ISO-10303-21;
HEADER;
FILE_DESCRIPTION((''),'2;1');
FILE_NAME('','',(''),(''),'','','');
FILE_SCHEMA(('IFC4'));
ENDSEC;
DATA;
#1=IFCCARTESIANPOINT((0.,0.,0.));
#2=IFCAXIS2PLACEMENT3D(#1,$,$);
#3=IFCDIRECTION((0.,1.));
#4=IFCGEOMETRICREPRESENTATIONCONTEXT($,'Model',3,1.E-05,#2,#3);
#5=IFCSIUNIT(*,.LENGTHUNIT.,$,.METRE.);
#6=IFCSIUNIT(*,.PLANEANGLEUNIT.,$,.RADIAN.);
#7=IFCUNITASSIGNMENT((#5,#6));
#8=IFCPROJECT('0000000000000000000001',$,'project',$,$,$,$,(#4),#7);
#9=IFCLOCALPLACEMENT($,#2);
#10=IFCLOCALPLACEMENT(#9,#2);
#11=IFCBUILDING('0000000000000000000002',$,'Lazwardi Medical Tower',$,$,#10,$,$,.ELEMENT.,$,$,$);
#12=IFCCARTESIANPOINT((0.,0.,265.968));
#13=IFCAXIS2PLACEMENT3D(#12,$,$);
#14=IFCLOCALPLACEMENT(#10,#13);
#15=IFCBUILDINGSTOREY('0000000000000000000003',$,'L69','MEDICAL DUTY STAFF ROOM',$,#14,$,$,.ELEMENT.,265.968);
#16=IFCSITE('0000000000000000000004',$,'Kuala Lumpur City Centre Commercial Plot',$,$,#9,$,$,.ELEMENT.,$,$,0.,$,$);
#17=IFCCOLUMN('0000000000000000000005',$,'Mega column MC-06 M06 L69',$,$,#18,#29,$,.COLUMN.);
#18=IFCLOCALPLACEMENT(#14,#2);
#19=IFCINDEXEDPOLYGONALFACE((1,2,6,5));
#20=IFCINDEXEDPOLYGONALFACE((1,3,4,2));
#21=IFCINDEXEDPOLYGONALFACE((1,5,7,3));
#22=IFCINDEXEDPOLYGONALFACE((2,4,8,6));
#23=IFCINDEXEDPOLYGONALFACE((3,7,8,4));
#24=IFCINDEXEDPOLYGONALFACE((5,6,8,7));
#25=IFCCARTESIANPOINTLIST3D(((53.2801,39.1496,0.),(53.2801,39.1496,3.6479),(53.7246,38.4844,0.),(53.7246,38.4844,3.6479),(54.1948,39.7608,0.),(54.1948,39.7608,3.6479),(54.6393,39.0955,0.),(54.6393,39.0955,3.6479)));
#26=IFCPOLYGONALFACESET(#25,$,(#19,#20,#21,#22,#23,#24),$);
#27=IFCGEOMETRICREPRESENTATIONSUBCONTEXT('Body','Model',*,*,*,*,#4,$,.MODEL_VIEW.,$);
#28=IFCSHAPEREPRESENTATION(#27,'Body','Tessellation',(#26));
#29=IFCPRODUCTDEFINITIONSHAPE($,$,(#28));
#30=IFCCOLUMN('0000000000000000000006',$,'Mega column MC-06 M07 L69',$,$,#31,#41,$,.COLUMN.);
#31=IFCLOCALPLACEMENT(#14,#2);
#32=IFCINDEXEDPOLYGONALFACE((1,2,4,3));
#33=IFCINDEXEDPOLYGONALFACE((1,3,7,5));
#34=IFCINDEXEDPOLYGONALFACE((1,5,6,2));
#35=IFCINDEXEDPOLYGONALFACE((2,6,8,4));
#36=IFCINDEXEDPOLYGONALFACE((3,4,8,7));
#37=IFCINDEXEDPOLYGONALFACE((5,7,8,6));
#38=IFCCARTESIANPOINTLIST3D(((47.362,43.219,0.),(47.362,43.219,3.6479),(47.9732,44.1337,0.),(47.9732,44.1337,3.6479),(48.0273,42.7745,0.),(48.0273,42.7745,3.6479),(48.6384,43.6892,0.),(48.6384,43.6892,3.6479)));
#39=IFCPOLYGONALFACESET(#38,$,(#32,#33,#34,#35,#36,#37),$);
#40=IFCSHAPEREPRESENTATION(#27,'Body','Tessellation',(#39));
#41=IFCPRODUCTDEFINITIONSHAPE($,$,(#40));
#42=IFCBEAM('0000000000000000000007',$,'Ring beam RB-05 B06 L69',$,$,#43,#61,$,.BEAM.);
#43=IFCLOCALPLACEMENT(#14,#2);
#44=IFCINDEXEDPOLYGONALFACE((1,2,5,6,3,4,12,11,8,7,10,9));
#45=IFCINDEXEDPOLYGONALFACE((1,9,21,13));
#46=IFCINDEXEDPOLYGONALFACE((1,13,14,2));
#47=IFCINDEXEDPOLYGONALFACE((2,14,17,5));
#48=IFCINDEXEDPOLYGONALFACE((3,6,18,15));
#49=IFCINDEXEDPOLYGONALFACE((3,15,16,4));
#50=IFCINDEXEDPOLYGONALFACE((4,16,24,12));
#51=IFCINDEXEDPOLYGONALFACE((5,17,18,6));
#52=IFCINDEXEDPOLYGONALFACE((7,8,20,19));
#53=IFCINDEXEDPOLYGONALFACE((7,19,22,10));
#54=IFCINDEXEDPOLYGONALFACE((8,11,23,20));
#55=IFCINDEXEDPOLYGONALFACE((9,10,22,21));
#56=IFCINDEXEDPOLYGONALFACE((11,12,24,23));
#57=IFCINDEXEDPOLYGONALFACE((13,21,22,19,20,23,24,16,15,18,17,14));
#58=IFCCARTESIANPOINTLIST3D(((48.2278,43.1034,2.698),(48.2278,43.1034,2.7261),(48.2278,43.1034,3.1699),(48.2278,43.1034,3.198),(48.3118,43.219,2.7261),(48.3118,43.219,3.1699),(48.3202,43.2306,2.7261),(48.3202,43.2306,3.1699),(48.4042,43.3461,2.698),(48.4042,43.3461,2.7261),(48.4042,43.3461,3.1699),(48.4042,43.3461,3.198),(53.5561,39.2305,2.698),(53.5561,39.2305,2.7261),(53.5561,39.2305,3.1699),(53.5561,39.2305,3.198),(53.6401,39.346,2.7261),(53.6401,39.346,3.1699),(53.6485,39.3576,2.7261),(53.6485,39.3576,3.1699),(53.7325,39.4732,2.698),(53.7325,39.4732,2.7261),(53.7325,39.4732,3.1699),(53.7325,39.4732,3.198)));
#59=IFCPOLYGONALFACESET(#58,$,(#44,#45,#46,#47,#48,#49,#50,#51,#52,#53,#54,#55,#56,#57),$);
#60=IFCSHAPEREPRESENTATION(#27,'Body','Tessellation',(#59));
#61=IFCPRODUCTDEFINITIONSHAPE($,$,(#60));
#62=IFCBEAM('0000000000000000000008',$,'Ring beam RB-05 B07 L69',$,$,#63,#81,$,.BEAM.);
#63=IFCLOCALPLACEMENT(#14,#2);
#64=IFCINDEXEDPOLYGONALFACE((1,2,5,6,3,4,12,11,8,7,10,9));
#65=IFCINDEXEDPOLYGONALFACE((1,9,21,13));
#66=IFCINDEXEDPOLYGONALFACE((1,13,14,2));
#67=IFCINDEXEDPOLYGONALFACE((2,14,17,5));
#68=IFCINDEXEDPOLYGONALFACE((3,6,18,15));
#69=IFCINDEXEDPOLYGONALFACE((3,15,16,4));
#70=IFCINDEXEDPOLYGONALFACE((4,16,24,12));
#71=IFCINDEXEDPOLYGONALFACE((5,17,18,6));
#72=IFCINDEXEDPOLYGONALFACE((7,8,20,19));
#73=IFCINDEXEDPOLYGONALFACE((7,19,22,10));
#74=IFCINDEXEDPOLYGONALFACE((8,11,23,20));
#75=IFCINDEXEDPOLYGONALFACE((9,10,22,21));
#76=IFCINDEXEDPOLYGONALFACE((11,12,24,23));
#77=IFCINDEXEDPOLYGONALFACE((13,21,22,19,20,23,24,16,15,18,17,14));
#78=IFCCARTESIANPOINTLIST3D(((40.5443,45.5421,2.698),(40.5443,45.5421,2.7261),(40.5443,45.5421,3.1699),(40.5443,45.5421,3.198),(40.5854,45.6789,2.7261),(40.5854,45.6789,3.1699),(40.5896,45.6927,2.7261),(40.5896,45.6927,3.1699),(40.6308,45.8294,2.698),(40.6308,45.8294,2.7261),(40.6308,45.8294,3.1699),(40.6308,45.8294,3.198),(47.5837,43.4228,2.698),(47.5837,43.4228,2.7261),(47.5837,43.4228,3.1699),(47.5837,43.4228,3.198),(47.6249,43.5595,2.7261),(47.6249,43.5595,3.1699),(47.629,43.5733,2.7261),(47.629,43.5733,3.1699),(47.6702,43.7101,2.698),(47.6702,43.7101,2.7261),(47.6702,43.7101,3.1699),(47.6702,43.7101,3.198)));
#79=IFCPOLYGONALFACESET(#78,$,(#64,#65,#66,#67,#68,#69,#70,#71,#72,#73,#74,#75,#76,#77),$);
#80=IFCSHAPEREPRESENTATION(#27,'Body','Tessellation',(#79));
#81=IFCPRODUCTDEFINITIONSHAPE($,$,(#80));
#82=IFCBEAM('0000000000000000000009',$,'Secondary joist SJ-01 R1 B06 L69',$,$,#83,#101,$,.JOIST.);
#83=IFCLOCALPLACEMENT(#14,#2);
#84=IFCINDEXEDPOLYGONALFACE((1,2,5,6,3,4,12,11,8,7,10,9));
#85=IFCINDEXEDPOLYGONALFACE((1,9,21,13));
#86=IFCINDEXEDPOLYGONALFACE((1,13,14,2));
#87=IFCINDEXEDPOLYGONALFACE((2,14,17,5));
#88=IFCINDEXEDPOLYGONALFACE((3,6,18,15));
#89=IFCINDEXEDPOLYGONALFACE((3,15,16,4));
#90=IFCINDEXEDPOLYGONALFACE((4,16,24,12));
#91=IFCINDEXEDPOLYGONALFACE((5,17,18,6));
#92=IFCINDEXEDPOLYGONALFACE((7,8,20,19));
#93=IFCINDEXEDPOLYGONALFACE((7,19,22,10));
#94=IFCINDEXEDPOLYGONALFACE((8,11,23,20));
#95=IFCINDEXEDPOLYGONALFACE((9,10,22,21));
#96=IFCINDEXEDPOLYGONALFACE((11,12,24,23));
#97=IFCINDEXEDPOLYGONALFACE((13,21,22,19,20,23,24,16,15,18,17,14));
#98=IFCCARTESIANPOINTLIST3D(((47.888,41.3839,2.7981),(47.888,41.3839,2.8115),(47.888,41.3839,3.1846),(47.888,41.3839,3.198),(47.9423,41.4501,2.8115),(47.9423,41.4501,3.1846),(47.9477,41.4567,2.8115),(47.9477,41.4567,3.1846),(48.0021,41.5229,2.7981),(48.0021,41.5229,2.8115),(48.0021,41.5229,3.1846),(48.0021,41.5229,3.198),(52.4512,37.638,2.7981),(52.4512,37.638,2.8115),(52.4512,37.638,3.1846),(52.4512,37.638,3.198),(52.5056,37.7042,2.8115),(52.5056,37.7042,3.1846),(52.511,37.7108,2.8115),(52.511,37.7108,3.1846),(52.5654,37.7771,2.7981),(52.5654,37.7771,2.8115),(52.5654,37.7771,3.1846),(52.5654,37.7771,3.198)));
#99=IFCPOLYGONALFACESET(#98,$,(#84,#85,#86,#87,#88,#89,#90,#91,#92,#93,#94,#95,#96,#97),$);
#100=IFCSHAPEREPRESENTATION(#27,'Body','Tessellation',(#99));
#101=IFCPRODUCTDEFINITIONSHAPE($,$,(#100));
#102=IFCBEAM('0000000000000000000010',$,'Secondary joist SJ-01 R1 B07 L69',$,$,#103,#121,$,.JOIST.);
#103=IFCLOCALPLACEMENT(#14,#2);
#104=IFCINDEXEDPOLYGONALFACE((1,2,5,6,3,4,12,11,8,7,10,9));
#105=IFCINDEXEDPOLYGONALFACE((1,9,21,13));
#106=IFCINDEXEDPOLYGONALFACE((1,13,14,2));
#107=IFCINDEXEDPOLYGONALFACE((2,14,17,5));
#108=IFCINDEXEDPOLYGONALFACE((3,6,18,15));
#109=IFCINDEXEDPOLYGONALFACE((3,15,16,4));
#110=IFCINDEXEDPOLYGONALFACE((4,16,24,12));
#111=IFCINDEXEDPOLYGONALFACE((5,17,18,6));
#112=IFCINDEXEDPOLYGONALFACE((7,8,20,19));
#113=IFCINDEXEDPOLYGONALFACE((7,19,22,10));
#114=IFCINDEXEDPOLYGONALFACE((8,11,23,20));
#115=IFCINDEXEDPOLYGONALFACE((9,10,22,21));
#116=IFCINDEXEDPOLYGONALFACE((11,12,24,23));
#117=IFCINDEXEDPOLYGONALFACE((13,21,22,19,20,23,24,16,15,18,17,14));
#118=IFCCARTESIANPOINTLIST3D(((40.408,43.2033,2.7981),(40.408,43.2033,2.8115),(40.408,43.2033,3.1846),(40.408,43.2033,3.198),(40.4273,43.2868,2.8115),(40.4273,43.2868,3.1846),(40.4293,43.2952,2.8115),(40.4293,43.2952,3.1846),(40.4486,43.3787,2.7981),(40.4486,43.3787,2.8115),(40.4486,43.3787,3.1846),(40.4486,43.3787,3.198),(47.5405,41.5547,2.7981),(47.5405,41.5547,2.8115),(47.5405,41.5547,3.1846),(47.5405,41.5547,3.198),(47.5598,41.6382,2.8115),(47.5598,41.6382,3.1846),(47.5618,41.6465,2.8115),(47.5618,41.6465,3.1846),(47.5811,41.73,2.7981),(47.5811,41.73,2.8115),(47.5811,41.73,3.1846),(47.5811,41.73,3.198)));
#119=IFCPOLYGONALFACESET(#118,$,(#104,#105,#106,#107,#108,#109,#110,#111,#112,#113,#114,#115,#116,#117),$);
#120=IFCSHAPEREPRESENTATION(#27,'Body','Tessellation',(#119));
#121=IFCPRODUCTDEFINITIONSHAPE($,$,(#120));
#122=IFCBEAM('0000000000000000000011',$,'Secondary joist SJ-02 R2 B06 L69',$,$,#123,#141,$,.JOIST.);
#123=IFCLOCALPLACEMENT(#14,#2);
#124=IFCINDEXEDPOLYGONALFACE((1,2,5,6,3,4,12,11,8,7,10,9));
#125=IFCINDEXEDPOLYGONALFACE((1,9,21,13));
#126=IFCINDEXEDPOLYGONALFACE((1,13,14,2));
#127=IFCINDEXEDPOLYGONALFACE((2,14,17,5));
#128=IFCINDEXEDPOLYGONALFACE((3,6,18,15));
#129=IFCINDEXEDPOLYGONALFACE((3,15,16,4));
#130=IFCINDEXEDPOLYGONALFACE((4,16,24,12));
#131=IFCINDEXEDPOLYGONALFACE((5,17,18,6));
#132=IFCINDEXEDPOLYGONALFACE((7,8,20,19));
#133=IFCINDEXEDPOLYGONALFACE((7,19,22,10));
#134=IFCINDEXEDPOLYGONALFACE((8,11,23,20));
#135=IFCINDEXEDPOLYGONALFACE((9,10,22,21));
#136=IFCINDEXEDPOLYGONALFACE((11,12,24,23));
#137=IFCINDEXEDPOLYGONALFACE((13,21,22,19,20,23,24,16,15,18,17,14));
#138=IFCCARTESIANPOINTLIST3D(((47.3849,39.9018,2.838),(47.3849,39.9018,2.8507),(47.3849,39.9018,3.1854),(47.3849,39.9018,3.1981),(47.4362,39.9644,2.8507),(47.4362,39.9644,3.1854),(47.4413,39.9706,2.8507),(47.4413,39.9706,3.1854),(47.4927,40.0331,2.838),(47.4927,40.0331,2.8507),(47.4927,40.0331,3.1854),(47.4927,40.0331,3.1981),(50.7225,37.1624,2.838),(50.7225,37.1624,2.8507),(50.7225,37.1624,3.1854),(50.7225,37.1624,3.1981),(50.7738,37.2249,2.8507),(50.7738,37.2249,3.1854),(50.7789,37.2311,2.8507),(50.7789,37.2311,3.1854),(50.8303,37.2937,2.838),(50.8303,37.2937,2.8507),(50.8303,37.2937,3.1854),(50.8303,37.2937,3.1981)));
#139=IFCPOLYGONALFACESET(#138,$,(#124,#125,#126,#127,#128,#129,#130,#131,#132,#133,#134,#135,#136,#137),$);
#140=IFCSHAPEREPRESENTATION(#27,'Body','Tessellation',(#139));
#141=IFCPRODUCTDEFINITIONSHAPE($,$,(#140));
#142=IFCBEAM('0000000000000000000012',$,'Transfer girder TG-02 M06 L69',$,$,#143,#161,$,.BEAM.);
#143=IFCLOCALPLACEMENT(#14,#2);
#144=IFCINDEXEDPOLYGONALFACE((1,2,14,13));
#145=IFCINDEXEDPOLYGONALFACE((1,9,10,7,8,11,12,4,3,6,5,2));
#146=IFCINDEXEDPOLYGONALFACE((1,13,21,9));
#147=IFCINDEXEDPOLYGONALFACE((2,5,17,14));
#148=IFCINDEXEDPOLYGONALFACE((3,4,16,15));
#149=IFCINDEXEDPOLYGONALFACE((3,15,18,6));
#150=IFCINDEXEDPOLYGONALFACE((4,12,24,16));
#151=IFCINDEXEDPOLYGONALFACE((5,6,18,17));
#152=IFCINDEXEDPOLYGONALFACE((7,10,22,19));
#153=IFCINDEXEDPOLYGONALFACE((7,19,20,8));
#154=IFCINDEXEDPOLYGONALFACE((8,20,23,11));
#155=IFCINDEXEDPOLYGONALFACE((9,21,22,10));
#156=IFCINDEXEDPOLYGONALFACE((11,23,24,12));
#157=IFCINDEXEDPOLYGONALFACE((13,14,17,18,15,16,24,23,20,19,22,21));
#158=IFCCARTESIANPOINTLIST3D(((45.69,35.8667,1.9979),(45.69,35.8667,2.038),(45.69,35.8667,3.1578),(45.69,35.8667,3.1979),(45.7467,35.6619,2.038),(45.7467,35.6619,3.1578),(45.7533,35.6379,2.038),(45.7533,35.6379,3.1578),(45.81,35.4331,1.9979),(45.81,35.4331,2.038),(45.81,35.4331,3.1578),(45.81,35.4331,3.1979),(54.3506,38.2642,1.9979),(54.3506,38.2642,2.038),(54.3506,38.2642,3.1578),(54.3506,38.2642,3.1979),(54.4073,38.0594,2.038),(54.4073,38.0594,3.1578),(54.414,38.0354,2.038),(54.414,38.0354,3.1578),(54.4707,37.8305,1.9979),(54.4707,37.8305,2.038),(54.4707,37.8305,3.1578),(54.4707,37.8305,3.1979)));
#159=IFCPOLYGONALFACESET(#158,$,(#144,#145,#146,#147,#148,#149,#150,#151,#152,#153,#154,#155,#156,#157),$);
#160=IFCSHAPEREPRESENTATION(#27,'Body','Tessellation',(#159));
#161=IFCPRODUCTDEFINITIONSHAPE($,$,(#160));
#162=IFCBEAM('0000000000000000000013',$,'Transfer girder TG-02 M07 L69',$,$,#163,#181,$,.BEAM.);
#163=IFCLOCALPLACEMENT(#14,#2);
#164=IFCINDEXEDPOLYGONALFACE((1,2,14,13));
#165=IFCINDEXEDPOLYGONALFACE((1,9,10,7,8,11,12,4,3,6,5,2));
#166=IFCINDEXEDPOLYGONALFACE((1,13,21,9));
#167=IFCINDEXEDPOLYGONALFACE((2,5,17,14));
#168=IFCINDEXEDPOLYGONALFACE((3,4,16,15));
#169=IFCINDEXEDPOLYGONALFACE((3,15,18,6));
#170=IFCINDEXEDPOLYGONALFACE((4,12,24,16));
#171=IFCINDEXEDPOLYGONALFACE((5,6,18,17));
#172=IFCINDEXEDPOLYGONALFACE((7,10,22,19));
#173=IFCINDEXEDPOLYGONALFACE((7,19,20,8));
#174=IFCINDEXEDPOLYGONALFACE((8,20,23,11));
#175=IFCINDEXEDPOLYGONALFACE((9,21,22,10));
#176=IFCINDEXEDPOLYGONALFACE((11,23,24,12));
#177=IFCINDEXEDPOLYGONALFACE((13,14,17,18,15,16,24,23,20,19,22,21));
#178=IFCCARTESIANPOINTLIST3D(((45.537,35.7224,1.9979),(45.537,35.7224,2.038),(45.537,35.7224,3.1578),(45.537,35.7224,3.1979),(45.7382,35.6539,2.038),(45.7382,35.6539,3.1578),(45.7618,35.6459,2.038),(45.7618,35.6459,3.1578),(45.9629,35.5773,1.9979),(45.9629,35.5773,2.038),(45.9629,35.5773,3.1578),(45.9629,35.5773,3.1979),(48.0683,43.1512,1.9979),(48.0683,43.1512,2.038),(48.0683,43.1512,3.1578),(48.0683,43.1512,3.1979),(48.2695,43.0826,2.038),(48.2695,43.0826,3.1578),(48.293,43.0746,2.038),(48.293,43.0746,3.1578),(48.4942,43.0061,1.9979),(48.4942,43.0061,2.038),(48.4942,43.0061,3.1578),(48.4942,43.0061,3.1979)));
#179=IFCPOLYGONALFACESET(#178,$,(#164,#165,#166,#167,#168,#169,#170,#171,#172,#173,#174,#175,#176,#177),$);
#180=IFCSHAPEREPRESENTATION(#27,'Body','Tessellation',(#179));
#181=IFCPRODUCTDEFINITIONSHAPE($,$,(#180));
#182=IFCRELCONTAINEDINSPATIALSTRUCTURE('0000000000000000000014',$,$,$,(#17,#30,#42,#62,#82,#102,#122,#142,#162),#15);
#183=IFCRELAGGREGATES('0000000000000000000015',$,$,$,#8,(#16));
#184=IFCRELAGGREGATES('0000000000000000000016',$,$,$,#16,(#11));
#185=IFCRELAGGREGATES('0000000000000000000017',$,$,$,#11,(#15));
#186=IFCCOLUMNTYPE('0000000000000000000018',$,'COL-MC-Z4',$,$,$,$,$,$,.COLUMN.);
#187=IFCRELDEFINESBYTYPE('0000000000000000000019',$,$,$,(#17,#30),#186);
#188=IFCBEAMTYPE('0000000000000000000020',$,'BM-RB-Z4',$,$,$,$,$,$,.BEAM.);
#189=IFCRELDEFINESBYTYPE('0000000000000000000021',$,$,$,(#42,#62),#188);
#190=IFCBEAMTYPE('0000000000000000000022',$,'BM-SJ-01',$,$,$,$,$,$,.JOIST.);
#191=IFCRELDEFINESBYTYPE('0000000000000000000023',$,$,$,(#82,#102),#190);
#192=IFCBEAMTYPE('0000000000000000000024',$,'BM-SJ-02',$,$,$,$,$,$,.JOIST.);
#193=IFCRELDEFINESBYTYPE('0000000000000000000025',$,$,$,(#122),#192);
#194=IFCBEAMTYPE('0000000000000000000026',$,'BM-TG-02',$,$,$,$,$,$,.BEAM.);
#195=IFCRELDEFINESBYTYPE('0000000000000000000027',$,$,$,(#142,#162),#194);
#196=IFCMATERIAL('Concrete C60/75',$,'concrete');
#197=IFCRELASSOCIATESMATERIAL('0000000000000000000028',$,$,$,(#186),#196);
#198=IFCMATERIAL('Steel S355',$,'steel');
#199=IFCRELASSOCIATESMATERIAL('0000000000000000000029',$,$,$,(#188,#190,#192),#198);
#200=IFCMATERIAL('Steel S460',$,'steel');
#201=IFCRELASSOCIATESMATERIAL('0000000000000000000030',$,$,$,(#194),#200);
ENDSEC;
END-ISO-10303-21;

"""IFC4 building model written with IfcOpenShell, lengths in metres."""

from ifc_helpers import new_model, si_unit, direction, frame, origin, origin_2d, place, context, subcontext, project, spatial, rectangle, i_section, extrude, material, material_profile, profile_set, type_object, element, save


model = new_model("IFC4")

# Units and contexts
model_context = context("Model", 3, precision=1e-05, world=origin(), true_north=direction((0.0, 1.0)))
body_context = subcontext(model_context, "Body", "Model", "MODEL_VIEW")
ifc_project = project(units=[si_unit("LENGTHUNIT", "METRE"), si_unit("PLANEANGLEUNIT", "RADIAN")], contexts=[model_context])

# Site, building, storey
site_placement = place(None, origin())
site = spatial("IfcSite", under=ifc_project, at=site_placement, Name="Kuala Lumpur City Centre Commercial Plot", CompositionType="ELEMENT", RefElevation=0.0)
building_placement = place(site_placement, origin())
building = spatial("IfcBuilding", under=site, at=building_placement, Name="Lazwardi Medical Tower", CompositionType="ELEMENT")
storey_placement = place(building_placement, frame((0.0, 0.0, 265.968)))
storey = spatial("IfcBuildingStorey", under=building, at=storey_placement, Name="L69", Description="MEDICAL DUTY STAFF ROOM", CompositionType="ELEMENT", Elevation=265.968)

# Columns
ifc_material_1 = material(Name="Concrete C60/75", Category="concrete")
ifc_material_profile_1 = material_profile(ifc_material_1, rectangle(XDim=1.1001, YDim=0.8, at=origin_2d()), Name="CFT-RECT 1100x800")
ifc_profile_set_1 = profile_set([ifc_material_profile_1], Name="Concrete C60/75")
column_type = type_object("IfcColumnType", Name="COL-MC-Z4", PredefinedType="COLUMN", material=ifc_profile_set_1)
for number, where, z_axis, x_axis, name in (
    (1, (53.9597, 39.1226, 0.0), (0.0, 0.0, 1.0), (0.83147, 0.55557, 0.0), "Mega column MC-06 M06 L69"),
    (2, (48.0002, 43.4541, 0.0), (0.0, 0.0, 1.0), (0.55557, 0.83147, 0.0), "Mega column MC-06 M07 L69"),
):
    element("IfcColumn", number, at=place(storey_placement, frame(where, z_axis=z_axis, x_axis=x_axis)), inside=storey, type_object=column_type, Name=name, PredefinedType="COLUMN", context=body_context, shape_type="SweptSolid", body=[
        extrude(rectangle(XDim=1.1001, YDim=0.8, at=origin_2d()), origin(), (0.0, 0.0, 1.0), 3.6479),
    ])

# Beams
ifc_material_2 = material(Name="Steel S355", Category="steel")
ifc_material_profile_2 = material_profile(ifc_material_2, i_section(OverallWidth=0.3, OverallDepth=0.5, WebThickness=0.0144, FlangeThickness=0.0281, at=origin_2d()), Name="HEB 500")
ifc_profile_set_2 = profile_set([ifc_material_profile_2], Name="Steel S355")
beam_type_1 = type_object("IfcBeamType", Name="BM-RB-Z4", PredefinedType="BEAM", material=ifc_profile_set_2)
beam_1_placement = place(storey_placement, frame((53.6443, 39.3518, 2.948), z_axis=(-0.80889, 0.58796, 0.0), x_axis=(-0.58796, -0.80889, 0.0)))
element("IfcBeam", 3, at=beam_1_placement, inside=storey, type_object=beam_type_1, Name="Ring beam RB-05 B06 L69", PredefinedType="BEAM", context=body_context, shape_type="SweptSolid", body=[
    extrude(i_section(OverallWidth=0.3, OverallDepth=0.5, WebThickness=0.0144, FlangeThickness=0.0281, at=origin_2d()), origin(), (0.0, 0.0, 1.0), 6.5872),
])
beam_2_placement = place(storey_placement, frame((47.627, 43.5664, 2.948), z_axis=(-0.957544, 0.288286, 0.0), x_axis=(-0.288286, -0.957544, 0.0)))
element("IfcBeam", 4, at=beam_2_placement, inside=storey, type_object=beam_type_1, Name="Ring beam RB-05 B07 L69", PredefinedType="BEAM", context=body_context, shape_type="SweptSolid", body=[
    extrude(i_section(OverallWidth=0.3, OverallDepth=0.5, WebThickness=0.0144, FlangeThickness=0.0281, at=origin_2d()), origin(), (0.0, 0.0, 1.0), 7.3516),
])
ifc_material_profile_3 = material_profile(ifc_material_2, i_section(OverallWidth=0.1799, OverallDepth=0.3999, WebThickness=0.0085, FlangeThickness=0.0134, at=origin_2d()), Name="IPE 400")
ifc_profile_set_3 = profile_set([ifc_material_profile_3], Name="Steel S355")
beam_type_2 = type_object("IfcBeamType", Name="BM-SJ-01", PredefinedType="JOIST", material=ifc_profile_set_3)
beam_3_placement = place(storey_placement, frame((52.5083, 37.7075, 2.998), z_axis=(-0.772936, 0.634485, 0.0), x_axis=(-0.634485, -0.772936, 0.0)))
element("IfcBeam", 5, at=beam_3_placement, inside=storey, type_object=beam_type_2, Name="Secondary joist SJ-01 R1 B06 L69", PredefinedType="JOIST", context=body_context, shape_type="SweptSolid", body=[
    extrude(i_section(OverallWidth=0.1799, OverallDepth=0.3999, WebThickness=0.0085, FlangeThickness=0.0134, at=origin_2d()), origin(), (0.0, 0.0, 1.0), 5.9038),
])
beam_4_placement = place(storey_placement, frame((47.5608, 41.6423, 2.998), z_axis=(-0.97431, 0.22521, 0.0), x_axis=(-0.22521, -0.97431, 0.0)))
element("IfcBeam", 6, at=beam_4_placement, inside=storey, type_object=beam_type_2, Name="Secondary joist SJ-01 R1 B07 L69", PredefinedType="JOIST", context=body_context, shape_type="SweptSolid", body=[
    extrude(i_section(OverallWidth=0.1799, OverallDepth=0.3999, WebThickness=0.0085, FlangeThickness=0.0134, at=origin_2d()), origin(), (0.0, 0.0, 1.0), 7.3206),
])
ifc_material_profile_4 = material_profile(ifc_material_2, i_section(OverallWidth=0.1699, OverallDepth=0.3601, WebThickness=0.0081, FlangeThickness=0.0127, at=origin_2d()), Name="IPE 360")
ifc_profile_set_4 = profile_set([ifc_material_profile_4], Name="Steel S355")
beam_type_3 = type_object("IfcBeamType", Name="BM-SJ-02", PredefinedType="JOIST", material=ifc_profile_set_4)
beam_5_placement = place(storey_placement, frame((50.7764, 37.228, 3.0181), z_axis=(-0.772969, 0.634444, 0.0), x_axis=(-0.634444, -0.772969, 0.0)))
element("IfcBeam", 7, at=beam_5_placement, inside=storey, type_object=beam_type_3, Name="Secondary joist SJ-02 R2 B06 L69", PredefinedType="JOIST", context=body_context, shape_type="SweptSolid", body=[
    extrude(i_section(OverallWidth=0.1699, OverallDepth=0.3601, WebThickness=0.0081, FlangeThickness=0.0127, at=origin_2d()), origin(), (0.0, 0.0, 1.0), 4.3179),
])
ifc_material_3 = material(Name="Steel S460", Category="steel")
ifc_material_profile_5 = material_profile(ifc_material_3, i_section(OverallWidth=0.45, OverallDepth=1.2, WebThickness=0.0249, FlangeThickness=0.04, at=origin_2d()), Name="PG 1200x450")
ifc_profile_set_5 = profile_set([ifc_material_profile_5], Name="Steel S460")
beam_type_4 = type_object("IfcBeamType", Name="BM-TG-02", PredefinedType="BEAM", material=ifc_profile_set_5)
beam_6_placement = place(storey_placement, frame((54.4106, 38.0474, 2.5979), z_axis=(-0.963755, -0.266789, 0.0), x_axis=(0.266789, -0.963755, 0.0)))
element("IfcBeam", 8, at=beam_6_placement, inside=storey, type_object=beam_type_4, Name="Transfer girder TG-02 M06 L69", PredefinedType="BEAM", context=body_context, shape_type="SweptSolid", body=[
    extrude(i_section(OverallWidth=0.45, OverallDepth=1.2, WebThickness=0.0249, FlangeThickness=0.04, at=origin_2d()), origin(), (0.0, 0.0, 1.0), 8.9863),
])
beam_7_placement = place(storey_placement, frame((48.2812, 43.0786, 2.5979), z_axis=(-0.32253, -0.946559, 0.0), x_axis=(0.946559, -0.32253, 0.0)))
element("IfcBeam", 9, at=beam_7_placement, inside=storey, type_object=beam_type_4, Name="Transfer girder TG-02 M07 L69", PredefinedType="BEAM", context=body_context, shape_type="SweptSolid", body=[
    extrude(i_section(OverallWidth=0.45, OverallDepth=1.2, WebThickness=0.0249, FlangeThickness=0.04, at=origin_2d()), origin(), (0.0, 0.0, 1.0), 7.8481),
])

save(model, "model.ifc")
